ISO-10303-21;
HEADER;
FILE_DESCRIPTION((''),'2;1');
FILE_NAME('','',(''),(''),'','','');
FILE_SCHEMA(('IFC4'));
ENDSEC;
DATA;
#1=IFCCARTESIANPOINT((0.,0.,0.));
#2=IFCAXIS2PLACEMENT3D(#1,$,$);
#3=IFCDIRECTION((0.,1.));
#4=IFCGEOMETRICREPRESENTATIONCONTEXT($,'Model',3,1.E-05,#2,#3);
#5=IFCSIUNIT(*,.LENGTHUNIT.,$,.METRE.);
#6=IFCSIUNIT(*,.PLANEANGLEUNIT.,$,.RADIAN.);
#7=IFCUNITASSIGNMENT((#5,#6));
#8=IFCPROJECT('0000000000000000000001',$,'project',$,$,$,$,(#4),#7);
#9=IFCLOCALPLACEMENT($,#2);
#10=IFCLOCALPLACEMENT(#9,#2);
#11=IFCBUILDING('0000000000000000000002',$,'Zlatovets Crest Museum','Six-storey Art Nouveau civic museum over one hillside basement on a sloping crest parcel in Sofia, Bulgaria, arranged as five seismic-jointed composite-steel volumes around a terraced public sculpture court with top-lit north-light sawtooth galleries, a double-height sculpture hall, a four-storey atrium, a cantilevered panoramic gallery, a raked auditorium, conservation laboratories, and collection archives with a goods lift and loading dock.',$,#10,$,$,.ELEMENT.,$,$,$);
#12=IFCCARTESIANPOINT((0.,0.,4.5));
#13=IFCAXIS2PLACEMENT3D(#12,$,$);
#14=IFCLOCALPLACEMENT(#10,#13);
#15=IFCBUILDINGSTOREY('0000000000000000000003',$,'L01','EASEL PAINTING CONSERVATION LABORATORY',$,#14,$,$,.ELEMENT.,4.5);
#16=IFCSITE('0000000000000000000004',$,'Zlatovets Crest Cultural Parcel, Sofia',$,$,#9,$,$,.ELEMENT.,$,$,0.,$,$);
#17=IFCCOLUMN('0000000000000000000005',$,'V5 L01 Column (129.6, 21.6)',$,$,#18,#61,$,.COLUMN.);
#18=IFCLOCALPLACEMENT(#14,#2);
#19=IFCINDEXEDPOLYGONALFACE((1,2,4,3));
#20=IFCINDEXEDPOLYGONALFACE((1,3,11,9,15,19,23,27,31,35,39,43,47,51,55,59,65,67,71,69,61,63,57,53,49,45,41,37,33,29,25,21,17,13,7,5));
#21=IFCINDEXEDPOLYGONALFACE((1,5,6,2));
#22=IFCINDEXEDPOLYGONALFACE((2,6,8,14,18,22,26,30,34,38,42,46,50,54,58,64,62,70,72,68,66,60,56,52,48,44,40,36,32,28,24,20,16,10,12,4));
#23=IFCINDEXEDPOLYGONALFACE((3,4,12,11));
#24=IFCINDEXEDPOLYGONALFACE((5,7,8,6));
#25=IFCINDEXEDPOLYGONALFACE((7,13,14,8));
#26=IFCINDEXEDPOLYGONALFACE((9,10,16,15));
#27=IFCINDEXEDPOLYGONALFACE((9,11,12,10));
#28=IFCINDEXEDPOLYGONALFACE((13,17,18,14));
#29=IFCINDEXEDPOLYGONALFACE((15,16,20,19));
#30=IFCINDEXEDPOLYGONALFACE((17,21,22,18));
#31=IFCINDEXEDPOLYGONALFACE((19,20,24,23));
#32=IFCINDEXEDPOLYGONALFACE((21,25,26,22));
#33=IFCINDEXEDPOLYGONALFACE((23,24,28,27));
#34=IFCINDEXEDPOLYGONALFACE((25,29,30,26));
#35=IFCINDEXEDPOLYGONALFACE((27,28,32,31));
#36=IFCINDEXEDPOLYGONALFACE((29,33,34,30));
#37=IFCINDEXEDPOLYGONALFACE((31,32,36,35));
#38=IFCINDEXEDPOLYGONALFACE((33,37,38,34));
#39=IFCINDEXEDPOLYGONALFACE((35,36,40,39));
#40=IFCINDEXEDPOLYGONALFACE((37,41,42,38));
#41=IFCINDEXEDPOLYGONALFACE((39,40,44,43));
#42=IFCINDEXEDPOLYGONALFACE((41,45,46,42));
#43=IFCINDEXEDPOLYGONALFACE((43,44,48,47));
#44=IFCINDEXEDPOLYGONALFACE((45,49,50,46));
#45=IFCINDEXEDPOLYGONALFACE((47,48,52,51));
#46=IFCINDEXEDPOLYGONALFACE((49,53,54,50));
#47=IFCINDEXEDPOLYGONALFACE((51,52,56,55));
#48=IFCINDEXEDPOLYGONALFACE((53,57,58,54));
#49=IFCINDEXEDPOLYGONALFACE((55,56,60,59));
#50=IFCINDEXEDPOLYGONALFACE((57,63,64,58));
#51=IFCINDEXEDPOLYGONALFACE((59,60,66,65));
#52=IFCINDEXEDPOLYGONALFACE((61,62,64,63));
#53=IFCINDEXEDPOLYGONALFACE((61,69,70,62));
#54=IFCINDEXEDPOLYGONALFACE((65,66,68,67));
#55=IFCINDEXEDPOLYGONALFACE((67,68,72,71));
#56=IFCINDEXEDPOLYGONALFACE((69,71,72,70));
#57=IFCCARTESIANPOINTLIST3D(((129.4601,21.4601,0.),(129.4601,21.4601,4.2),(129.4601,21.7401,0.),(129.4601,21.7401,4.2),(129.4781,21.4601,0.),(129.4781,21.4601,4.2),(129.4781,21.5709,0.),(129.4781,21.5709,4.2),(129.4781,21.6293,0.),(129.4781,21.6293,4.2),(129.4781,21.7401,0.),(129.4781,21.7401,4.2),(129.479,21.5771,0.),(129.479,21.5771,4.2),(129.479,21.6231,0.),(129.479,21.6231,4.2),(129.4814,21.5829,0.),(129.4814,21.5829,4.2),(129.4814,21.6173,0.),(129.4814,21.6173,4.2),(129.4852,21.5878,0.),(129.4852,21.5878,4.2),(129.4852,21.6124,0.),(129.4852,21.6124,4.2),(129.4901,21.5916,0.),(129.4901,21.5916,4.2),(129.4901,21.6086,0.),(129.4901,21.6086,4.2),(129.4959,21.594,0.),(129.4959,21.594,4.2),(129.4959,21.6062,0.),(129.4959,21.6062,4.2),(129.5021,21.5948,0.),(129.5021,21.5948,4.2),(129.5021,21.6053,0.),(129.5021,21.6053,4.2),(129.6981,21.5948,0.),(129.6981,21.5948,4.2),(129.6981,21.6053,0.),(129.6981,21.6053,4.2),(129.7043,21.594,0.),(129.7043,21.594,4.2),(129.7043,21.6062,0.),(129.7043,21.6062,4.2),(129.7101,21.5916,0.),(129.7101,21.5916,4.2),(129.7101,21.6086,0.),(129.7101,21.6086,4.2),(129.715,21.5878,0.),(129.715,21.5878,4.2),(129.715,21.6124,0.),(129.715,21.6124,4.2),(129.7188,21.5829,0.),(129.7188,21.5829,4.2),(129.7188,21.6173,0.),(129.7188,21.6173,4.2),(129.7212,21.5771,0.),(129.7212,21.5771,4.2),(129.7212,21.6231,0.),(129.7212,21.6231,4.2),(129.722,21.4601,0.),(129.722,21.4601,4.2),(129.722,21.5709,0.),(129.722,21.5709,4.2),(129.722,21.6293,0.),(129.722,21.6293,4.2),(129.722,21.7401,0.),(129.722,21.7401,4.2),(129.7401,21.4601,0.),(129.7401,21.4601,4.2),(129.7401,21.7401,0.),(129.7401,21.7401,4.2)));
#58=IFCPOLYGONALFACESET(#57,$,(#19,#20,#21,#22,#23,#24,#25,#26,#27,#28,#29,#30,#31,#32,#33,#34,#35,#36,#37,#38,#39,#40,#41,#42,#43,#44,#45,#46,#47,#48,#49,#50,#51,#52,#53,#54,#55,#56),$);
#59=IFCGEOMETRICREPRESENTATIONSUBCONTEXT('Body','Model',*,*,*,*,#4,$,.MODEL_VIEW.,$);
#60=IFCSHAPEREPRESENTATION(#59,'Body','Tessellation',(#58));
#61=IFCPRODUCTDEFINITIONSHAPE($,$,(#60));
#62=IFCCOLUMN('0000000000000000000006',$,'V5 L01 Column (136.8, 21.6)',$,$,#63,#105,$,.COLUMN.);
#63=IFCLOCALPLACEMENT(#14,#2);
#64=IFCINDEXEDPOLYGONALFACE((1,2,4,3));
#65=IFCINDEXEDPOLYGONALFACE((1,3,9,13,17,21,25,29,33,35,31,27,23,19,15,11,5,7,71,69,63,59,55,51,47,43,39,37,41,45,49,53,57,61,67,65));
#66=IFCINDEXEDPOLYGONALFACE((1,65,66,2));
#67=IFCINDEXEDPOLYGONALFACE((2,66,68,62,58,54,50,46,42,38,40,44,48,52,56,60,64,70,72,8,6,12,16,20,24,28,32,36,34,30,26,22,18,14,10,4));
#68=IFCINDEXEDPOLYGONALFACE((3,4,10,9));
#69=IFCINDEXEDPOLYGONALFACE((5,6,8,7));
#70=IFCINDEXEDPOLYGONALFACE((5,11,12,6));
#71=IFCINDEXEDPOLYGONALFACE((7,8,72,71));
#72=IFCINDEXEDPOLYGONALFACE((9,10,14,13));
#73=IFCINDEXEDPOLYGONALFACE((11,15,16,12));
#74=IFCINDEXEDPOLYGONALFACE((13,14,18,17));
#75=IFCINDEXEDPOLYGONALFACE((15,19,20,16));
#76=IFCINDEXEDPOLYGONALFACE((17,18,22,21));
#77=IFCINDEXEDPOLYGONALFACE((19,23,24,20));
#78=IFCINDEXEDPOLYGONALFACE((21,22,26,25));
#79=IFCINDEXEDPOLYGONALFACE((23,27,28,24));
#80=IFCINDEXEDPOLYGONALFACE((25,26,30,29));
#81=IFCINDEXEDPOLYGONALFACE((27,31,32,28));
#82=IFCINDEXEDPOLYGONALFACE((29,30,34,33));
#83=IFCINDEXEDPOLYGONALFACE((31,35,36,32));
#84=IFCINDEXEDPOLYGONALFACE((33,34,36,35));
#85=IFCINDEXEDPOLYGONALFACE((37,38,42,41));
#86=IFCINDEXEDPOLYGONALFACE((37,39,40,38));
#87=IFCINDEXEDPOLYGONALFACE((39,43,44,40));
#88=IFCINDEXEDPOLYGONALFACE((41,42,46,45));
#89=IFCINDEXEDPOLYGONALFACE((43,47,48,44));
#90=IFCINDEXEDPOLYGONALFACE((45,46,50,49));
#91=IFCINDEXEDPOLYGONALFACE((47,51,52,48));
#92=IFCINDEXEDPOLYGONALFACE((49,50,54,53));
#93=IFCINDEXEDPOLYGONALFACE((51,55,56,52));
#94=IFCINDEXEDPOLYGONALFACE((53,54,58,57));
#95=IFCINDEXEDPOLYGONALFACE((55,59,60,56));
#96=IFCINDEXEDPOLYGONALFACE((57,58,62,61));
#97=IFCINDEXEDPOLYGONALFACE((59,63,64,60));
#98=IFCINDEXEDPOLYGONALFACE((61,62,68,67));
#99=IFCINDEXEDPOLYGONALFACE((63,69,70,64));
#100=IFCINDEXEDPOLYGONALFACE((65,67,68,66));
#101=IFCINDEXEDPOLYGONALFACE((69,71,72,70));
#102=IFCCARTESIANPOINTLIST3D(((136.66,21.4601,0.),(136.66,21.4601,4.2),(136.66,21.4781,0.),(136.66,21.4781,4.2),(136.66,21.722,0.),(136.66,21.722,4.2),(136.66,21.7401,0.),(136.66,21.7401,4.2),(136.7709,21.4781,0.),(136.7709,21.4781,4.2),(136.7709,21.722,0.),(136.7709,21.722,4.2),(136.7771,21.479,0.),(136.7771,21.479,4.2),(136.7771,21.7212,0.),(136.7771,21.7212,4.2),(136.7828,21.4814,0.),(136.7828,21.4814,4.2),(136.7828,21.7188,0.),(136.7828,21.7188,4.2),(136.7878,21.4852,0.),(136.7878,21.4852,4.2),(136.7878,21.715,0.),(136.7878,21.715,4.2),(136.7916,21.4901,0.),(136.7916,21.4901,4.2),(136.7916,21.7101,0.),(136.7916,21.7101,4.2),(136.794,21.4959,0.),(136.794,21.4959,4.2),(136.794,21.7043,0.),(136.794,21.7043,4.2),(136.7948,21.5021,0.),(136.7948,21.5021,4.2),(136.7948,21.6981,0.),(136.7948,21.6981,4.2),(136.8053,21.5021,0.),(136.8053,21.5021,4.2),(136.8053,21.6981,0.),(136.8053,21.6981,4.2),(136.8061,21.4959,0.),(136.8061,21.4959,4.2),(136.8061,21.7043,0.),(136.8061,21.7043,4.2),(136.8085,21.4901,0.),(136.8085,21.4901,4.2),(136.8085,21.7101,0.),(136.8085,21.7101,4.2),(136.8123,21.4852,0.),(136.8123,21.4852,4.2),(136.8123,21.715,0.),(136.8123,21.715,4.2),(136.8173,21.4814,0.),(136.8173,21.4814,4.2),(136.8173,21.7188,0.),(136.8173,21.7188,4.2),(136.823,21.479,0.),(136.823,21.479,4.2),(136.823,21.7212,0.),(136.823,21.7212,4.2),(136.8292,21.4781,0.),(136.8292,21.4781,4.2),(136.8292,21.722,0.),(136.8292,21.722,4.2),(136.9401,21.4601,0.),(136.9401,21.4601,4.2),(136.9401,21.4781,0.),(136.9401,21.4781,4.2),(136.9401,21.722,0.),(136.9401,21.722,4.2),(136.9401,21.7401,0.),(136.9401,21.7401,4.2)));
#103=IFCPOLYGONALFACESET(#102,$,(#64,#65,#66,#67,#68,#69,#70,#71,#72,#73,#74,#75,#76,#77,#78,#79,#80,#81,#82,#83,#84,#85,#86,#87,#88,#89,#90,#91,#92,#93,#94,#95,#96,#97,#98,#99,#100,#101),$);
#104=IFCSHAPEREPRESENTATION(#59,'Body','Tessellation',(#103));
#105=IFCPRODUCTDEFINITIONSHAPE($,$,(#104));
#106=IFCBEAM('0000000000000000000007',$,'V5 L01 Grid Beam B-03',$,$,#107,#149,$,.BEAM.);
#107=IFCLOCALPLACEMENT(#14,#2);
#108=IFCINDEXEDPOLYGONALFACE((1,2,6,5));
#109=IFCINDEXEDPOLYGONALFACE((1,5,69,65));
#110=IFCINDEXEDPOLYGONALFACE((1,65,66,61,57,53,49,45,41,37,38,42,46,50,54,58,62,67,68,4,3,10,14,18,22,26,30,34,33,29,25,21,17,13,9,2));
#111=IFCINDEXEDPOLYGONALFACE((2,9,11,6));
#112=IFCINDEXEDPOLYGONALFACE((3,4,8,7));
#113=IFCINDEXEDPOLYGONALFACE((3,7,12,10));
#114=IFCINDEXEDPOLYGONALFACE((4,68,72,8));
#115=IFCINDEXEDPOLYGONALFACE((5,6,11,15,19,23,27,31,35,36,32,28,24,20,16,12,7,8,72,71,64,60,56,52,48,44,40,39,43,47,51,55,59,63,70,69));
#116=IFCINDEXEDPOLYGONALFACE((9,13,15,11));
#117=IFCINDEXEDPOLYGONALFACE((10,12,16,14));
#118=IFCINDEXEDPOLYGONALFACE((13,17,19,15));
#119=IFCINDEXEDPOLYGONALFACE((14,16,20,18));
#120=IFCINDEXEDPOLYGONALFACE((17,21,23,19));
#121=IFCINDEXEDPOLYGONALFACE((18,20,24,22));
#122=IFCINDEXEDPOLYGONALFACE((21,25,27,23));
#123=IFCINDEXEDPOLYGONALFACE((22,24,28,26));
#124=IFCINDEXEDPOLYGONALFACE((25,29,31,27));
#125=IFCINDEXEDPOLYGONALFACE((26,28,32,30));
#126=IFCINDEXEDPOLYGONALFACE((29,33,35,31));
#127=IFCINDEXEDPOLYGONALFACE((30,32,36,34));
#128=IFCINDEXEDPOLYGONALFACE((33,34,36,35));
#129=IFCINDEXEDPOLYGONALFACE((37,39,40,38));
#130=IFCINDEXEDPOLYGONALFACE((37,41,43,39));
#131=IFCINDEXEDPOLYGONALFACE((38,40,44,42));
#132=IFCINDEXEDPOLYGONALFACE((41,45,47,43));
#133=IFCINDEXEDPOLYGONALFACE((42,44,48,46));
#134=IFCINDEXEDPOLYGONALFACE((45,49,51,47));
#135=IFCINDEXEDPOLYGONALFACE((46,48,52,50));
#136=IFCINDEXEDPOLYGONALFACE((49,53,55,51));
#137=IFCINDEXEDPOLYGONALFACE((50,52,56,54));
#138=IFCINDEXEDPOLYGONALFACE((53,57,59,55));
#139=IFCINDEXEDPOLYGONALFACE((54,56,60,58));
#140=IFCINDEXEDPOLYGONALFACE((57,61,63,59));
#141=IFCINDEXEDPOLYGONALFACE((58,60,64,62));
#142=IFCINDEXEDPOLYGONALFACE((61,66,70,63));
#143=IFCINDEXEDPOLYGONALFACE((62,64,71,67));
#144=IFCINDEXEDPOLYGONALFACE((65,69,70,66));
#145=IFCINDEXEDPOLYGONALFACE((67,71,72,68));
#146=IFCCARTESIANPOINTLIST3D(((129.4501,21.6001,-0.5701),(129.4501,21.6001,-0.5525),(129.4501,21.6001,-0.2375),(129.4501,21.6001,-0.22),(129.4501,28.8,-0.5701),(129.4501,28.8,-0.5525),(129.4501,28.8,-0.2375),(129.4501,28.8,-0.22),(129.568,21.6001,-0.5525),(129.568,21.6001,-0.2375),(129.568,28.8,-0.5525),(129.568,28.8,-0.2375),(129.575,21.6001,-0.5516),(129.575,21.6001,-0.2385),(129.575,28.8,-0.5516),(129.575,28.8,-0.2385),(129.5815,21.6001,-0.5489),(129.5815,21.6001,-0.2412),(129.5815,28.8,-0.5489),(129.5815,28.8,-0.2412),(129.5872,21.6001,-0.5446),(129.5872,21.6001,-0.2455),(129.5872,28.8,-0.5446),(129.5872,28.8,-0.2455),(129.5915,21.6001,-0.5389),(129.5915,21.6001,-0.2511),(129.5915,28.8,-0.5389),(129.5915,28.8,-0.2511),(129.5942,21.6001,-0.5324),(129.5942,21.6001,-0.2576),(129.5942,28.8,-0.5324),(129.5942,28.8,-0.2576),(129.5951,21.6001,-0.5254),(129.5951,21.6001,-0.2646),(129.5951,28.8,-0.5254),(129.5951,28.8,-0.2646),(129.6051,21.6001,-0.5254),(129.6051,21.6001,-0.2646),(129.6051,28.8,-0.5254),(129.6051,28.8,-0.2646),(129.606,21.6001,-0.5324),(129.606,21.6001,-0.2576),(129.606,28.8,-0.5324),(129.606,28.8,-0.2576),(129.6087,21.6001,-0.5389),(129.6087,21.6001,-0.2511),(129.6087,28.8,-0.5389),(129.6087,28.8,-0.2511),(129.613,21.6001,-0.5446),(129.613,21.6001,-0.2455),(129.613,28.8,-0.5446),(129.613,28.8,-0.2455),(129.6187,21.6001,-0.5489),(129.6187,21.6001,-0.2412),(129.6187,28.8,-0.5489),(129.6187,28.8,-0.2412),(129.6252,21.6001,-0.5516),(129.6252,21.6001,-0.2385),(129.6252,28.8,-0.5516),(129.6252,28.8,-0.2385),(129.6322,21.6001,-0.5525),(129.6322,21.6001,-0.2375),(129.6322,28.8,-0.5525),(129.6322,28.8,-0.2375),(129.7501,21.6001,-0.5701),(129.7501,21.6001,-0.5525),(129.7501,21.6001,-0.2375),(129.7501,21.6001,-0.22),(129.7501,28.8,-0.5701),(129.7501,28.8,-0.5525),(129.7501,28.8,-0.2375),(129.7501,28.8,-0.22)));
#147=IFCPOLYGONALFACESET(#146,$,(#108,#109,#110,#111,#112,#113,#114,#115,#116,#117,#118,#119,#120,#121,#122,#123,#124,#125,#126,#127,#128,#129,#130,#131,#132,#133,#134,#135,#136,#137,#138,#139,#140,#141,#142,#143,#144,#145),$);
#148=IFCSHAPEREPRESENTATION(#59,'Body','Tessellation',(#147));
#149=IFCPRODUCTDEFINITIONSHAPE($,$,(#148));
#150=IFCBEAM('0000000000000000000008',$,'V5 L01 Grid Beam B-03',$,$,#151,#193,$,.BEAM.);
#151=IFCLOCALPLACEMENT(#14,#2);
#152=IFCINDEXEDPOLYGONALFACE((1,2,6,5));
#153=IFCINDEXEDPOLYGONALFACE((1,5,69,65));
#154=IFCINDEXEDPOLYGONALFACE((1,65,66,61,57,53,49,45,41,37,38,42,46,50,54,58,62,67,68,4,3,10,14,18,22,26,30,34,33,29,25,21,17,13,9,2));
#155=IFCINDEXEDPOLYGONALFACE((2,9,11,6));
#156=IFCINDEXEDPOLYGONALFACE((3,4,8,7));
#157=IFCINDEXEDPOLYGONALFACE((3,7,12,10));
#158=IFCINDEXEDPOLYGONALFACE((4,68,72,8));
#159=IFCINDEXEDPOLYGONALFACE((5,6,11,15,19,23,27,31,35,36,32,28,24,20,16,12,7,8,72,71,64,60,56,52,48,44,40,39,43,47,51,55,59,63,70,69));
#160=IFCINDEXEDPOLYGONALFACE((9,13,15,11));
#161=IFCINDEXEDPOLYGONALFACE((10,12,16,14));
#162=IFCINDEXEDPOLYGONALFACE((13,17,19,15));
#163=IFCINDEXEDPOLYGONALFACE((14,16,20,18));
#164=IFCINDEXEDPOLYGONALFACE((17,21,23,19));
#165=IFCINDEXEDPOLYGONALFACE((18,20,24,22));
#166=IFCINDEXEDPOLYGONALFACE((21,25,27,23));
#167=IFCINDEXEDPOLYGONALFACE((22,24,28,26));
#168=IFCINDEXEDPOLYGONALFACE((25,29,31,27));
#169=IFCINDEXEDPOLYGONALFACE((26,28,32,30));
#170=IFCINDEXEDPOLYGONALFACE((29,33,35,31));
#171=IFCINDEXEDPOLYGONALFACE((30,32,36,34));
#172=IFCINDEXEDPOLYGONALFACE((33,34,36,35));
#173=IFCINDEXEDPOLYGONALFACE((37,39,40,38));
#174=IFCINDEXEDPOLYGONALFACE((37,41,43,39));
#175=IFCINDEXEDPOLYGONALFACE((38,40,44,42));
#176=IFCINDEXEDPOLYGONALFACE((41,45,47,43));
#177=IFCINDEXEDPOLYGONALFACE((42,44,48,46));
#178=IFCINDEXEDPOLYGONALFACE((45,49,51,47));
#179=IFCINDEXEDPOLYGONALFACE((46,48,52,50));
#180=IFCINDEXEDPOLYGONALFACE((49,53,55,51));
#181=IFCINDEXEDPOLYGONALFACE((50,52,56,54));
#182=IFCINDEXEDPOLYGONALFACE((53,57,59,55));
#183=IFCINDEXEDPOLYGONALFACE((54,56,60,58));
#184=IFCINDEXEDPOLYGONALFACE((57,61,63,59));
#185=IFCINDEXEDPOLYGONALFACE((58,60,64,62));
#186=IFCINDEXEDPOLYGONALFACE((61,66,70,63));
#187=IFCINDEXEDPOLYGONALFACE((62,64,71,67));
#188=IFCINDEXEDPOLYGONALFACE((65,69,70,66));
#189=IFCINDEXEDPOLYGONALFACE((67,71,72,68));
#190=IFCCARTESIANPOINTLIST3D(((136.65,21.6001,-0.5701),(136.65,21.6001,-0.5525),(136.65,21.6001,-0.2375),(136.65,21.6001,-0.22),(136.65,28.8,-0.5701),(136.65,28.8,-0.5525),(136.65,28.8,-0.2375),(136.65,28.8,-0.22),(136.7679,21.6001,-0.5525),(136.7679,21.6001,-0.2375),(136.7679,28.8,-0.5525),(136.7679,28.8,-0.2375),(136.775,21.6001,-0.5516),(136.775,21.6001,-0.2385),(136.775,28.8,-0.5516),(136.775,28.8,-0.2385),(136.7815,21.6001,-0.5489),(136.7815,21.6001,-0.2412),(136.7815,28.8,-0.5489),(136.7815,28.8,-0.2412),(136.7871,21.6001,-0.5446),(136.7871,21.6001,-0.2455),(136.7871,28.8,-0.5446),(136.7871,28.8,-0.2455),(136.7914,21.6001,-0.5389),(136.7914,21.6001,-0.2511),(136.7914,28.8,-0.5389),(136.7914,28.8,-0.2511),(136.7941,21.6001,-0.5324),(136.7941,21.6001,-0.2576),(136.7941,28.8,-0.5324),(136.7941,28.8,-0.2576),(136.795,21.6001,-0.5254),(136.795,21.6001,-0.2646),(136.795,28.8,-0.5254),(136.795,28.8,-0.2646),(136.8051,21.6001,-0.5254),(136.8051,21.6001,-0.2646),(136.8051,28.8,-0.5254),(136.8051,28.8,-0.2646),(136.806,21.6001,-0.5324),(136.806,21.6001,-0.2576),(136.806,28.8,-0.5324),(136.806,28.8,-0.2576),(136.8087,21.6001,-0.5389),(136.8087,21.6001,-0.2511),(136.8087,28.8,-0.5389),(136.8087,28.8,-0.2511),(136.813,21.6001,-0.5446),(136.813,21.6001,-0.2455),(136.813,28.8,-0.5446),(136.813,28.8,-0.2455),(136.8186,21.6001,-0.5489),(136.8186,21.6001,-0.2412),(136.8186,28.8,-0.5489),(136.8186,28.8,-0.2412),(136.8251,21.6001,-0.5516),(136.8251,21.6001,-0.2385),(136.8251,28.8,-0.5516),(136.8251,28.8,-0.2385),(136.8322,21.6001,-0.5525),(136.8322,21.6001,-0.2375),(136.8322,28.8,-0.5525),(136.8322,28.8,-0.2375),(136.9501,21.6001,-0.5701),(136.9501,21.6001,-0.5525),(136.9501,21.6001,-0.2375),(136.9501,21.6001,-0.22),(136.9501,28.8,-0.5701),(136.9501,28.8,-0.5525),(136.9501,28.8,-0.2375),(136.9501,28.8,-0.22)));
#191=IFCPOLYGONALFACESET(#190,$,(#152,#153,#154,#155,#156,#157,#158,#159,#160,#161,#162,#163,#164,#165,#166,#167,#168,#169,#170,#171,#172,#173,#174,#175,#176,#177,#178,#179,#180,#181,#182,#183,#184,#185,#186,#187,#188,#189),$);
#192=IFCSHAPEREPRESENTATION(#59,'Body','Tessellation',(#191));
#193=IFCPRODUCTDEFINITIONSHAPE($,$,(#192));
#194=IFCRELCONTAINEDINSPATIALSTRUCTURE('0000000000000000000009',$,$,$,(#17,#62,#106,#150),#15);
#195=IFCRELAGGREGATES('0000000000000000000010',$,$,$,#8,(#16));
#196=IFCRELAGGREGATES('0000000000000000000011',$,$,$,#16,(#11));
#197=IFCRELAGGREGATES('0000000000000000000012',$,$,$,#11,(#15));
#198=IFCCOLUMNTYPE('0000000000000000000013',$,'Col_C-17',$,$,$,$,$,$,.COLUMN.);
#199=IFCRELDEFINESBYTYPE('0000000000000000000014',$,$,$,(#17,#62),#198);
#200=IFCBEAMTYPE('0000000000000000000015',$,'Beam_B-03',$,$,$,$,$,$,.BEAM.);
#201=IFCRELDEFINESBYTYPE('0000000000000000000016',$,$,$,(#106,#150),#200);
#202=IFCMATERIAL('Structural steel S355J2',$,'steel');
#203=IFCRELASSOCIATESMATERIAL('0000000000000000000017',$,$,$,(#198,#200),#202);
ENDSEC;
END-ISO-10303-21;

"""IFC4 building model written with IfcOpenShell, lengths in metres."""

from ifc_helpers import new_model, si_unit, direction, frame, origin, origin_2d, place, context, subcontext, project, spatial, i_section, extrude, material, material_profile, profile_set, type_object, element, save


model = new_model("IFC4")

# Units and contexts
model_context = context("Model", 3, precision=1e-05, world=origin(), true_north=direction((0.0, 1.0)))
body_context = subcontext(model_context, "Body", "Model", "MODEL_VIEW")
ifc_project = project(units=[si_unit("LENGTHUNIT", "METRE"), si_unit("PLANEANGLEUNIT", "RADIAN")], contexts=[model_context])

# Site, building, storey
site_placement = place(None, origin())
site = spatial("IfcSite", under=ifc_project, at=site_placement, Name="Zlatovets Crest Cultural Parcel, Sofia", CompositionType="ELEMENT", RefElevation=0.0)
building_placement = place(site_placement, origin())
building = spatial("IfcBuilding", under=site, at=building_placement, Name="Zlatovets Crest Museum", Description="Six-storey Art Nouveau civic museum over one hillside basement on a sloping crest parcel in Sofia, Bulgaria, arranged as five seismic-jointed composite-steel volumes around a terraced public sculpture court with top-lit north-light sawtooth galleries, a double-height sculpture hall, a four-storey atrium, a cantilevered panoramic gallery, a raked auditorium, conservation laboratories, and collection archives with a goods lift and loading dock.", CompositionType="ELEMENT")
storey_placement = place(building_placement, frame((0.0, 0.0, 4.5)))
storey = spatial("IfcBuildingStorey", under=building, at=storey_placement, Name="L01", Description="EASEL PAINTING CONSERVATION LABORATORY", CompositionType="ELEMENT", Elevation=4.5)

# Columns
ifc_material_1 = material(Name="Structural steel S355J2", Category="steel")
ifc_material_profile_1 = material_profile(ifc_material_1, i_section(OverallWidth=0.28, OverallDepth=0.28, WebThickness=0.0105, FlangeThickness=0.0181, FilletRadius=0.0239, at=origin_2d()), Name="HEB 280")
ifc_profile_set_1 = profile_set([ifc_material_profile_1], Name="Structural steel S355J2")
column_type = type_object("IfcColumnType", Name="Col_C-17", PredefinedType="COLUMN", material=ifc_profile_set_1)
for number, where, z_axis, x_axis, name in (
    (1, (129.6001, 21.6001, 0.0), (0.0, 0.0, 1.0), (0.0, 1.0, 0.0), "V5 L01 Column (129.6, 21.6)"),
    (2, (136.8, 21.6001, 0.0), (0.0, 0.0, 1.0), (1.0, 0.0, 0.0), "V5 L01 Column (136.8, 21.6)"),
):
    element("IfcColumn", number, at=place(storey_placement, frame(where, z_axis=z_axis, x_axis=x_axis)), inside=storey, type_object=column_type, Name=name, PredefinedType="COLUMN", context=body_context, shape_type="SweptSolid", body=[
        extrude(i_section(OverallWidth=0.28, OverallDepth=0.28, WebThickness=0.0105, FlangeThickness=0.0181, FilletRadius=0.0239, at=origin_2d()), origin(), (0.0, 0.0, 1.0), 4.2),
    ])

# Beams
ifc_material_profile_2 = material_profile(ifc_material_1, i_section(OverallWidth=0.3, OverallDepth=0.3501, WebThickness=0.01, FlangeThickness=0.0176, FilletRadius=0.0271, at=origin_2d()), Name="HEA 360")
ifc_profile_set_2 = profile_set([ifc_material_profile_2], Name="Structural steel S355J2")
beam_type_1 = type_object("IfcBeamType", Name="Beam_B-03", PredefinedType="BEAM", material=ifc_profile_set_2)
for number, where, z_axis, x_axis, name in (
    (3, (129.6001, 21.6001, -0.395), (0.0, 1.0, 0.0), (-1.0, 0.0, 0.0), "V5 L01 Grid Beam B-03"),
    (4, (136.8, 21.6001, -0.395), (0.0, 1.0, 0.0), (-1.0, 0.0, 0.0), "V5 L01 Grid Beam B-03"),
):
    element("IfcBeam", number, at=place(storey_placement, frame(where, z_axis=z_axis, x_axis=x_axis)), inside=storey, type_object=beam_type_1, Name=name, PredefinedType="BEAM", context=body_context, shape_type="SweptSolid", body=[
        extrude(i_section(OverallWidth=0.3, OverallDepth=0.3501, WebThickness=0.01, FlangeThickness=0.0176, FilletRadius=0.0271, at=origin_2d()), origin(), (0.0, 0.0, 1.0), 7.2),
    ])

save(model, "model.ifc")
